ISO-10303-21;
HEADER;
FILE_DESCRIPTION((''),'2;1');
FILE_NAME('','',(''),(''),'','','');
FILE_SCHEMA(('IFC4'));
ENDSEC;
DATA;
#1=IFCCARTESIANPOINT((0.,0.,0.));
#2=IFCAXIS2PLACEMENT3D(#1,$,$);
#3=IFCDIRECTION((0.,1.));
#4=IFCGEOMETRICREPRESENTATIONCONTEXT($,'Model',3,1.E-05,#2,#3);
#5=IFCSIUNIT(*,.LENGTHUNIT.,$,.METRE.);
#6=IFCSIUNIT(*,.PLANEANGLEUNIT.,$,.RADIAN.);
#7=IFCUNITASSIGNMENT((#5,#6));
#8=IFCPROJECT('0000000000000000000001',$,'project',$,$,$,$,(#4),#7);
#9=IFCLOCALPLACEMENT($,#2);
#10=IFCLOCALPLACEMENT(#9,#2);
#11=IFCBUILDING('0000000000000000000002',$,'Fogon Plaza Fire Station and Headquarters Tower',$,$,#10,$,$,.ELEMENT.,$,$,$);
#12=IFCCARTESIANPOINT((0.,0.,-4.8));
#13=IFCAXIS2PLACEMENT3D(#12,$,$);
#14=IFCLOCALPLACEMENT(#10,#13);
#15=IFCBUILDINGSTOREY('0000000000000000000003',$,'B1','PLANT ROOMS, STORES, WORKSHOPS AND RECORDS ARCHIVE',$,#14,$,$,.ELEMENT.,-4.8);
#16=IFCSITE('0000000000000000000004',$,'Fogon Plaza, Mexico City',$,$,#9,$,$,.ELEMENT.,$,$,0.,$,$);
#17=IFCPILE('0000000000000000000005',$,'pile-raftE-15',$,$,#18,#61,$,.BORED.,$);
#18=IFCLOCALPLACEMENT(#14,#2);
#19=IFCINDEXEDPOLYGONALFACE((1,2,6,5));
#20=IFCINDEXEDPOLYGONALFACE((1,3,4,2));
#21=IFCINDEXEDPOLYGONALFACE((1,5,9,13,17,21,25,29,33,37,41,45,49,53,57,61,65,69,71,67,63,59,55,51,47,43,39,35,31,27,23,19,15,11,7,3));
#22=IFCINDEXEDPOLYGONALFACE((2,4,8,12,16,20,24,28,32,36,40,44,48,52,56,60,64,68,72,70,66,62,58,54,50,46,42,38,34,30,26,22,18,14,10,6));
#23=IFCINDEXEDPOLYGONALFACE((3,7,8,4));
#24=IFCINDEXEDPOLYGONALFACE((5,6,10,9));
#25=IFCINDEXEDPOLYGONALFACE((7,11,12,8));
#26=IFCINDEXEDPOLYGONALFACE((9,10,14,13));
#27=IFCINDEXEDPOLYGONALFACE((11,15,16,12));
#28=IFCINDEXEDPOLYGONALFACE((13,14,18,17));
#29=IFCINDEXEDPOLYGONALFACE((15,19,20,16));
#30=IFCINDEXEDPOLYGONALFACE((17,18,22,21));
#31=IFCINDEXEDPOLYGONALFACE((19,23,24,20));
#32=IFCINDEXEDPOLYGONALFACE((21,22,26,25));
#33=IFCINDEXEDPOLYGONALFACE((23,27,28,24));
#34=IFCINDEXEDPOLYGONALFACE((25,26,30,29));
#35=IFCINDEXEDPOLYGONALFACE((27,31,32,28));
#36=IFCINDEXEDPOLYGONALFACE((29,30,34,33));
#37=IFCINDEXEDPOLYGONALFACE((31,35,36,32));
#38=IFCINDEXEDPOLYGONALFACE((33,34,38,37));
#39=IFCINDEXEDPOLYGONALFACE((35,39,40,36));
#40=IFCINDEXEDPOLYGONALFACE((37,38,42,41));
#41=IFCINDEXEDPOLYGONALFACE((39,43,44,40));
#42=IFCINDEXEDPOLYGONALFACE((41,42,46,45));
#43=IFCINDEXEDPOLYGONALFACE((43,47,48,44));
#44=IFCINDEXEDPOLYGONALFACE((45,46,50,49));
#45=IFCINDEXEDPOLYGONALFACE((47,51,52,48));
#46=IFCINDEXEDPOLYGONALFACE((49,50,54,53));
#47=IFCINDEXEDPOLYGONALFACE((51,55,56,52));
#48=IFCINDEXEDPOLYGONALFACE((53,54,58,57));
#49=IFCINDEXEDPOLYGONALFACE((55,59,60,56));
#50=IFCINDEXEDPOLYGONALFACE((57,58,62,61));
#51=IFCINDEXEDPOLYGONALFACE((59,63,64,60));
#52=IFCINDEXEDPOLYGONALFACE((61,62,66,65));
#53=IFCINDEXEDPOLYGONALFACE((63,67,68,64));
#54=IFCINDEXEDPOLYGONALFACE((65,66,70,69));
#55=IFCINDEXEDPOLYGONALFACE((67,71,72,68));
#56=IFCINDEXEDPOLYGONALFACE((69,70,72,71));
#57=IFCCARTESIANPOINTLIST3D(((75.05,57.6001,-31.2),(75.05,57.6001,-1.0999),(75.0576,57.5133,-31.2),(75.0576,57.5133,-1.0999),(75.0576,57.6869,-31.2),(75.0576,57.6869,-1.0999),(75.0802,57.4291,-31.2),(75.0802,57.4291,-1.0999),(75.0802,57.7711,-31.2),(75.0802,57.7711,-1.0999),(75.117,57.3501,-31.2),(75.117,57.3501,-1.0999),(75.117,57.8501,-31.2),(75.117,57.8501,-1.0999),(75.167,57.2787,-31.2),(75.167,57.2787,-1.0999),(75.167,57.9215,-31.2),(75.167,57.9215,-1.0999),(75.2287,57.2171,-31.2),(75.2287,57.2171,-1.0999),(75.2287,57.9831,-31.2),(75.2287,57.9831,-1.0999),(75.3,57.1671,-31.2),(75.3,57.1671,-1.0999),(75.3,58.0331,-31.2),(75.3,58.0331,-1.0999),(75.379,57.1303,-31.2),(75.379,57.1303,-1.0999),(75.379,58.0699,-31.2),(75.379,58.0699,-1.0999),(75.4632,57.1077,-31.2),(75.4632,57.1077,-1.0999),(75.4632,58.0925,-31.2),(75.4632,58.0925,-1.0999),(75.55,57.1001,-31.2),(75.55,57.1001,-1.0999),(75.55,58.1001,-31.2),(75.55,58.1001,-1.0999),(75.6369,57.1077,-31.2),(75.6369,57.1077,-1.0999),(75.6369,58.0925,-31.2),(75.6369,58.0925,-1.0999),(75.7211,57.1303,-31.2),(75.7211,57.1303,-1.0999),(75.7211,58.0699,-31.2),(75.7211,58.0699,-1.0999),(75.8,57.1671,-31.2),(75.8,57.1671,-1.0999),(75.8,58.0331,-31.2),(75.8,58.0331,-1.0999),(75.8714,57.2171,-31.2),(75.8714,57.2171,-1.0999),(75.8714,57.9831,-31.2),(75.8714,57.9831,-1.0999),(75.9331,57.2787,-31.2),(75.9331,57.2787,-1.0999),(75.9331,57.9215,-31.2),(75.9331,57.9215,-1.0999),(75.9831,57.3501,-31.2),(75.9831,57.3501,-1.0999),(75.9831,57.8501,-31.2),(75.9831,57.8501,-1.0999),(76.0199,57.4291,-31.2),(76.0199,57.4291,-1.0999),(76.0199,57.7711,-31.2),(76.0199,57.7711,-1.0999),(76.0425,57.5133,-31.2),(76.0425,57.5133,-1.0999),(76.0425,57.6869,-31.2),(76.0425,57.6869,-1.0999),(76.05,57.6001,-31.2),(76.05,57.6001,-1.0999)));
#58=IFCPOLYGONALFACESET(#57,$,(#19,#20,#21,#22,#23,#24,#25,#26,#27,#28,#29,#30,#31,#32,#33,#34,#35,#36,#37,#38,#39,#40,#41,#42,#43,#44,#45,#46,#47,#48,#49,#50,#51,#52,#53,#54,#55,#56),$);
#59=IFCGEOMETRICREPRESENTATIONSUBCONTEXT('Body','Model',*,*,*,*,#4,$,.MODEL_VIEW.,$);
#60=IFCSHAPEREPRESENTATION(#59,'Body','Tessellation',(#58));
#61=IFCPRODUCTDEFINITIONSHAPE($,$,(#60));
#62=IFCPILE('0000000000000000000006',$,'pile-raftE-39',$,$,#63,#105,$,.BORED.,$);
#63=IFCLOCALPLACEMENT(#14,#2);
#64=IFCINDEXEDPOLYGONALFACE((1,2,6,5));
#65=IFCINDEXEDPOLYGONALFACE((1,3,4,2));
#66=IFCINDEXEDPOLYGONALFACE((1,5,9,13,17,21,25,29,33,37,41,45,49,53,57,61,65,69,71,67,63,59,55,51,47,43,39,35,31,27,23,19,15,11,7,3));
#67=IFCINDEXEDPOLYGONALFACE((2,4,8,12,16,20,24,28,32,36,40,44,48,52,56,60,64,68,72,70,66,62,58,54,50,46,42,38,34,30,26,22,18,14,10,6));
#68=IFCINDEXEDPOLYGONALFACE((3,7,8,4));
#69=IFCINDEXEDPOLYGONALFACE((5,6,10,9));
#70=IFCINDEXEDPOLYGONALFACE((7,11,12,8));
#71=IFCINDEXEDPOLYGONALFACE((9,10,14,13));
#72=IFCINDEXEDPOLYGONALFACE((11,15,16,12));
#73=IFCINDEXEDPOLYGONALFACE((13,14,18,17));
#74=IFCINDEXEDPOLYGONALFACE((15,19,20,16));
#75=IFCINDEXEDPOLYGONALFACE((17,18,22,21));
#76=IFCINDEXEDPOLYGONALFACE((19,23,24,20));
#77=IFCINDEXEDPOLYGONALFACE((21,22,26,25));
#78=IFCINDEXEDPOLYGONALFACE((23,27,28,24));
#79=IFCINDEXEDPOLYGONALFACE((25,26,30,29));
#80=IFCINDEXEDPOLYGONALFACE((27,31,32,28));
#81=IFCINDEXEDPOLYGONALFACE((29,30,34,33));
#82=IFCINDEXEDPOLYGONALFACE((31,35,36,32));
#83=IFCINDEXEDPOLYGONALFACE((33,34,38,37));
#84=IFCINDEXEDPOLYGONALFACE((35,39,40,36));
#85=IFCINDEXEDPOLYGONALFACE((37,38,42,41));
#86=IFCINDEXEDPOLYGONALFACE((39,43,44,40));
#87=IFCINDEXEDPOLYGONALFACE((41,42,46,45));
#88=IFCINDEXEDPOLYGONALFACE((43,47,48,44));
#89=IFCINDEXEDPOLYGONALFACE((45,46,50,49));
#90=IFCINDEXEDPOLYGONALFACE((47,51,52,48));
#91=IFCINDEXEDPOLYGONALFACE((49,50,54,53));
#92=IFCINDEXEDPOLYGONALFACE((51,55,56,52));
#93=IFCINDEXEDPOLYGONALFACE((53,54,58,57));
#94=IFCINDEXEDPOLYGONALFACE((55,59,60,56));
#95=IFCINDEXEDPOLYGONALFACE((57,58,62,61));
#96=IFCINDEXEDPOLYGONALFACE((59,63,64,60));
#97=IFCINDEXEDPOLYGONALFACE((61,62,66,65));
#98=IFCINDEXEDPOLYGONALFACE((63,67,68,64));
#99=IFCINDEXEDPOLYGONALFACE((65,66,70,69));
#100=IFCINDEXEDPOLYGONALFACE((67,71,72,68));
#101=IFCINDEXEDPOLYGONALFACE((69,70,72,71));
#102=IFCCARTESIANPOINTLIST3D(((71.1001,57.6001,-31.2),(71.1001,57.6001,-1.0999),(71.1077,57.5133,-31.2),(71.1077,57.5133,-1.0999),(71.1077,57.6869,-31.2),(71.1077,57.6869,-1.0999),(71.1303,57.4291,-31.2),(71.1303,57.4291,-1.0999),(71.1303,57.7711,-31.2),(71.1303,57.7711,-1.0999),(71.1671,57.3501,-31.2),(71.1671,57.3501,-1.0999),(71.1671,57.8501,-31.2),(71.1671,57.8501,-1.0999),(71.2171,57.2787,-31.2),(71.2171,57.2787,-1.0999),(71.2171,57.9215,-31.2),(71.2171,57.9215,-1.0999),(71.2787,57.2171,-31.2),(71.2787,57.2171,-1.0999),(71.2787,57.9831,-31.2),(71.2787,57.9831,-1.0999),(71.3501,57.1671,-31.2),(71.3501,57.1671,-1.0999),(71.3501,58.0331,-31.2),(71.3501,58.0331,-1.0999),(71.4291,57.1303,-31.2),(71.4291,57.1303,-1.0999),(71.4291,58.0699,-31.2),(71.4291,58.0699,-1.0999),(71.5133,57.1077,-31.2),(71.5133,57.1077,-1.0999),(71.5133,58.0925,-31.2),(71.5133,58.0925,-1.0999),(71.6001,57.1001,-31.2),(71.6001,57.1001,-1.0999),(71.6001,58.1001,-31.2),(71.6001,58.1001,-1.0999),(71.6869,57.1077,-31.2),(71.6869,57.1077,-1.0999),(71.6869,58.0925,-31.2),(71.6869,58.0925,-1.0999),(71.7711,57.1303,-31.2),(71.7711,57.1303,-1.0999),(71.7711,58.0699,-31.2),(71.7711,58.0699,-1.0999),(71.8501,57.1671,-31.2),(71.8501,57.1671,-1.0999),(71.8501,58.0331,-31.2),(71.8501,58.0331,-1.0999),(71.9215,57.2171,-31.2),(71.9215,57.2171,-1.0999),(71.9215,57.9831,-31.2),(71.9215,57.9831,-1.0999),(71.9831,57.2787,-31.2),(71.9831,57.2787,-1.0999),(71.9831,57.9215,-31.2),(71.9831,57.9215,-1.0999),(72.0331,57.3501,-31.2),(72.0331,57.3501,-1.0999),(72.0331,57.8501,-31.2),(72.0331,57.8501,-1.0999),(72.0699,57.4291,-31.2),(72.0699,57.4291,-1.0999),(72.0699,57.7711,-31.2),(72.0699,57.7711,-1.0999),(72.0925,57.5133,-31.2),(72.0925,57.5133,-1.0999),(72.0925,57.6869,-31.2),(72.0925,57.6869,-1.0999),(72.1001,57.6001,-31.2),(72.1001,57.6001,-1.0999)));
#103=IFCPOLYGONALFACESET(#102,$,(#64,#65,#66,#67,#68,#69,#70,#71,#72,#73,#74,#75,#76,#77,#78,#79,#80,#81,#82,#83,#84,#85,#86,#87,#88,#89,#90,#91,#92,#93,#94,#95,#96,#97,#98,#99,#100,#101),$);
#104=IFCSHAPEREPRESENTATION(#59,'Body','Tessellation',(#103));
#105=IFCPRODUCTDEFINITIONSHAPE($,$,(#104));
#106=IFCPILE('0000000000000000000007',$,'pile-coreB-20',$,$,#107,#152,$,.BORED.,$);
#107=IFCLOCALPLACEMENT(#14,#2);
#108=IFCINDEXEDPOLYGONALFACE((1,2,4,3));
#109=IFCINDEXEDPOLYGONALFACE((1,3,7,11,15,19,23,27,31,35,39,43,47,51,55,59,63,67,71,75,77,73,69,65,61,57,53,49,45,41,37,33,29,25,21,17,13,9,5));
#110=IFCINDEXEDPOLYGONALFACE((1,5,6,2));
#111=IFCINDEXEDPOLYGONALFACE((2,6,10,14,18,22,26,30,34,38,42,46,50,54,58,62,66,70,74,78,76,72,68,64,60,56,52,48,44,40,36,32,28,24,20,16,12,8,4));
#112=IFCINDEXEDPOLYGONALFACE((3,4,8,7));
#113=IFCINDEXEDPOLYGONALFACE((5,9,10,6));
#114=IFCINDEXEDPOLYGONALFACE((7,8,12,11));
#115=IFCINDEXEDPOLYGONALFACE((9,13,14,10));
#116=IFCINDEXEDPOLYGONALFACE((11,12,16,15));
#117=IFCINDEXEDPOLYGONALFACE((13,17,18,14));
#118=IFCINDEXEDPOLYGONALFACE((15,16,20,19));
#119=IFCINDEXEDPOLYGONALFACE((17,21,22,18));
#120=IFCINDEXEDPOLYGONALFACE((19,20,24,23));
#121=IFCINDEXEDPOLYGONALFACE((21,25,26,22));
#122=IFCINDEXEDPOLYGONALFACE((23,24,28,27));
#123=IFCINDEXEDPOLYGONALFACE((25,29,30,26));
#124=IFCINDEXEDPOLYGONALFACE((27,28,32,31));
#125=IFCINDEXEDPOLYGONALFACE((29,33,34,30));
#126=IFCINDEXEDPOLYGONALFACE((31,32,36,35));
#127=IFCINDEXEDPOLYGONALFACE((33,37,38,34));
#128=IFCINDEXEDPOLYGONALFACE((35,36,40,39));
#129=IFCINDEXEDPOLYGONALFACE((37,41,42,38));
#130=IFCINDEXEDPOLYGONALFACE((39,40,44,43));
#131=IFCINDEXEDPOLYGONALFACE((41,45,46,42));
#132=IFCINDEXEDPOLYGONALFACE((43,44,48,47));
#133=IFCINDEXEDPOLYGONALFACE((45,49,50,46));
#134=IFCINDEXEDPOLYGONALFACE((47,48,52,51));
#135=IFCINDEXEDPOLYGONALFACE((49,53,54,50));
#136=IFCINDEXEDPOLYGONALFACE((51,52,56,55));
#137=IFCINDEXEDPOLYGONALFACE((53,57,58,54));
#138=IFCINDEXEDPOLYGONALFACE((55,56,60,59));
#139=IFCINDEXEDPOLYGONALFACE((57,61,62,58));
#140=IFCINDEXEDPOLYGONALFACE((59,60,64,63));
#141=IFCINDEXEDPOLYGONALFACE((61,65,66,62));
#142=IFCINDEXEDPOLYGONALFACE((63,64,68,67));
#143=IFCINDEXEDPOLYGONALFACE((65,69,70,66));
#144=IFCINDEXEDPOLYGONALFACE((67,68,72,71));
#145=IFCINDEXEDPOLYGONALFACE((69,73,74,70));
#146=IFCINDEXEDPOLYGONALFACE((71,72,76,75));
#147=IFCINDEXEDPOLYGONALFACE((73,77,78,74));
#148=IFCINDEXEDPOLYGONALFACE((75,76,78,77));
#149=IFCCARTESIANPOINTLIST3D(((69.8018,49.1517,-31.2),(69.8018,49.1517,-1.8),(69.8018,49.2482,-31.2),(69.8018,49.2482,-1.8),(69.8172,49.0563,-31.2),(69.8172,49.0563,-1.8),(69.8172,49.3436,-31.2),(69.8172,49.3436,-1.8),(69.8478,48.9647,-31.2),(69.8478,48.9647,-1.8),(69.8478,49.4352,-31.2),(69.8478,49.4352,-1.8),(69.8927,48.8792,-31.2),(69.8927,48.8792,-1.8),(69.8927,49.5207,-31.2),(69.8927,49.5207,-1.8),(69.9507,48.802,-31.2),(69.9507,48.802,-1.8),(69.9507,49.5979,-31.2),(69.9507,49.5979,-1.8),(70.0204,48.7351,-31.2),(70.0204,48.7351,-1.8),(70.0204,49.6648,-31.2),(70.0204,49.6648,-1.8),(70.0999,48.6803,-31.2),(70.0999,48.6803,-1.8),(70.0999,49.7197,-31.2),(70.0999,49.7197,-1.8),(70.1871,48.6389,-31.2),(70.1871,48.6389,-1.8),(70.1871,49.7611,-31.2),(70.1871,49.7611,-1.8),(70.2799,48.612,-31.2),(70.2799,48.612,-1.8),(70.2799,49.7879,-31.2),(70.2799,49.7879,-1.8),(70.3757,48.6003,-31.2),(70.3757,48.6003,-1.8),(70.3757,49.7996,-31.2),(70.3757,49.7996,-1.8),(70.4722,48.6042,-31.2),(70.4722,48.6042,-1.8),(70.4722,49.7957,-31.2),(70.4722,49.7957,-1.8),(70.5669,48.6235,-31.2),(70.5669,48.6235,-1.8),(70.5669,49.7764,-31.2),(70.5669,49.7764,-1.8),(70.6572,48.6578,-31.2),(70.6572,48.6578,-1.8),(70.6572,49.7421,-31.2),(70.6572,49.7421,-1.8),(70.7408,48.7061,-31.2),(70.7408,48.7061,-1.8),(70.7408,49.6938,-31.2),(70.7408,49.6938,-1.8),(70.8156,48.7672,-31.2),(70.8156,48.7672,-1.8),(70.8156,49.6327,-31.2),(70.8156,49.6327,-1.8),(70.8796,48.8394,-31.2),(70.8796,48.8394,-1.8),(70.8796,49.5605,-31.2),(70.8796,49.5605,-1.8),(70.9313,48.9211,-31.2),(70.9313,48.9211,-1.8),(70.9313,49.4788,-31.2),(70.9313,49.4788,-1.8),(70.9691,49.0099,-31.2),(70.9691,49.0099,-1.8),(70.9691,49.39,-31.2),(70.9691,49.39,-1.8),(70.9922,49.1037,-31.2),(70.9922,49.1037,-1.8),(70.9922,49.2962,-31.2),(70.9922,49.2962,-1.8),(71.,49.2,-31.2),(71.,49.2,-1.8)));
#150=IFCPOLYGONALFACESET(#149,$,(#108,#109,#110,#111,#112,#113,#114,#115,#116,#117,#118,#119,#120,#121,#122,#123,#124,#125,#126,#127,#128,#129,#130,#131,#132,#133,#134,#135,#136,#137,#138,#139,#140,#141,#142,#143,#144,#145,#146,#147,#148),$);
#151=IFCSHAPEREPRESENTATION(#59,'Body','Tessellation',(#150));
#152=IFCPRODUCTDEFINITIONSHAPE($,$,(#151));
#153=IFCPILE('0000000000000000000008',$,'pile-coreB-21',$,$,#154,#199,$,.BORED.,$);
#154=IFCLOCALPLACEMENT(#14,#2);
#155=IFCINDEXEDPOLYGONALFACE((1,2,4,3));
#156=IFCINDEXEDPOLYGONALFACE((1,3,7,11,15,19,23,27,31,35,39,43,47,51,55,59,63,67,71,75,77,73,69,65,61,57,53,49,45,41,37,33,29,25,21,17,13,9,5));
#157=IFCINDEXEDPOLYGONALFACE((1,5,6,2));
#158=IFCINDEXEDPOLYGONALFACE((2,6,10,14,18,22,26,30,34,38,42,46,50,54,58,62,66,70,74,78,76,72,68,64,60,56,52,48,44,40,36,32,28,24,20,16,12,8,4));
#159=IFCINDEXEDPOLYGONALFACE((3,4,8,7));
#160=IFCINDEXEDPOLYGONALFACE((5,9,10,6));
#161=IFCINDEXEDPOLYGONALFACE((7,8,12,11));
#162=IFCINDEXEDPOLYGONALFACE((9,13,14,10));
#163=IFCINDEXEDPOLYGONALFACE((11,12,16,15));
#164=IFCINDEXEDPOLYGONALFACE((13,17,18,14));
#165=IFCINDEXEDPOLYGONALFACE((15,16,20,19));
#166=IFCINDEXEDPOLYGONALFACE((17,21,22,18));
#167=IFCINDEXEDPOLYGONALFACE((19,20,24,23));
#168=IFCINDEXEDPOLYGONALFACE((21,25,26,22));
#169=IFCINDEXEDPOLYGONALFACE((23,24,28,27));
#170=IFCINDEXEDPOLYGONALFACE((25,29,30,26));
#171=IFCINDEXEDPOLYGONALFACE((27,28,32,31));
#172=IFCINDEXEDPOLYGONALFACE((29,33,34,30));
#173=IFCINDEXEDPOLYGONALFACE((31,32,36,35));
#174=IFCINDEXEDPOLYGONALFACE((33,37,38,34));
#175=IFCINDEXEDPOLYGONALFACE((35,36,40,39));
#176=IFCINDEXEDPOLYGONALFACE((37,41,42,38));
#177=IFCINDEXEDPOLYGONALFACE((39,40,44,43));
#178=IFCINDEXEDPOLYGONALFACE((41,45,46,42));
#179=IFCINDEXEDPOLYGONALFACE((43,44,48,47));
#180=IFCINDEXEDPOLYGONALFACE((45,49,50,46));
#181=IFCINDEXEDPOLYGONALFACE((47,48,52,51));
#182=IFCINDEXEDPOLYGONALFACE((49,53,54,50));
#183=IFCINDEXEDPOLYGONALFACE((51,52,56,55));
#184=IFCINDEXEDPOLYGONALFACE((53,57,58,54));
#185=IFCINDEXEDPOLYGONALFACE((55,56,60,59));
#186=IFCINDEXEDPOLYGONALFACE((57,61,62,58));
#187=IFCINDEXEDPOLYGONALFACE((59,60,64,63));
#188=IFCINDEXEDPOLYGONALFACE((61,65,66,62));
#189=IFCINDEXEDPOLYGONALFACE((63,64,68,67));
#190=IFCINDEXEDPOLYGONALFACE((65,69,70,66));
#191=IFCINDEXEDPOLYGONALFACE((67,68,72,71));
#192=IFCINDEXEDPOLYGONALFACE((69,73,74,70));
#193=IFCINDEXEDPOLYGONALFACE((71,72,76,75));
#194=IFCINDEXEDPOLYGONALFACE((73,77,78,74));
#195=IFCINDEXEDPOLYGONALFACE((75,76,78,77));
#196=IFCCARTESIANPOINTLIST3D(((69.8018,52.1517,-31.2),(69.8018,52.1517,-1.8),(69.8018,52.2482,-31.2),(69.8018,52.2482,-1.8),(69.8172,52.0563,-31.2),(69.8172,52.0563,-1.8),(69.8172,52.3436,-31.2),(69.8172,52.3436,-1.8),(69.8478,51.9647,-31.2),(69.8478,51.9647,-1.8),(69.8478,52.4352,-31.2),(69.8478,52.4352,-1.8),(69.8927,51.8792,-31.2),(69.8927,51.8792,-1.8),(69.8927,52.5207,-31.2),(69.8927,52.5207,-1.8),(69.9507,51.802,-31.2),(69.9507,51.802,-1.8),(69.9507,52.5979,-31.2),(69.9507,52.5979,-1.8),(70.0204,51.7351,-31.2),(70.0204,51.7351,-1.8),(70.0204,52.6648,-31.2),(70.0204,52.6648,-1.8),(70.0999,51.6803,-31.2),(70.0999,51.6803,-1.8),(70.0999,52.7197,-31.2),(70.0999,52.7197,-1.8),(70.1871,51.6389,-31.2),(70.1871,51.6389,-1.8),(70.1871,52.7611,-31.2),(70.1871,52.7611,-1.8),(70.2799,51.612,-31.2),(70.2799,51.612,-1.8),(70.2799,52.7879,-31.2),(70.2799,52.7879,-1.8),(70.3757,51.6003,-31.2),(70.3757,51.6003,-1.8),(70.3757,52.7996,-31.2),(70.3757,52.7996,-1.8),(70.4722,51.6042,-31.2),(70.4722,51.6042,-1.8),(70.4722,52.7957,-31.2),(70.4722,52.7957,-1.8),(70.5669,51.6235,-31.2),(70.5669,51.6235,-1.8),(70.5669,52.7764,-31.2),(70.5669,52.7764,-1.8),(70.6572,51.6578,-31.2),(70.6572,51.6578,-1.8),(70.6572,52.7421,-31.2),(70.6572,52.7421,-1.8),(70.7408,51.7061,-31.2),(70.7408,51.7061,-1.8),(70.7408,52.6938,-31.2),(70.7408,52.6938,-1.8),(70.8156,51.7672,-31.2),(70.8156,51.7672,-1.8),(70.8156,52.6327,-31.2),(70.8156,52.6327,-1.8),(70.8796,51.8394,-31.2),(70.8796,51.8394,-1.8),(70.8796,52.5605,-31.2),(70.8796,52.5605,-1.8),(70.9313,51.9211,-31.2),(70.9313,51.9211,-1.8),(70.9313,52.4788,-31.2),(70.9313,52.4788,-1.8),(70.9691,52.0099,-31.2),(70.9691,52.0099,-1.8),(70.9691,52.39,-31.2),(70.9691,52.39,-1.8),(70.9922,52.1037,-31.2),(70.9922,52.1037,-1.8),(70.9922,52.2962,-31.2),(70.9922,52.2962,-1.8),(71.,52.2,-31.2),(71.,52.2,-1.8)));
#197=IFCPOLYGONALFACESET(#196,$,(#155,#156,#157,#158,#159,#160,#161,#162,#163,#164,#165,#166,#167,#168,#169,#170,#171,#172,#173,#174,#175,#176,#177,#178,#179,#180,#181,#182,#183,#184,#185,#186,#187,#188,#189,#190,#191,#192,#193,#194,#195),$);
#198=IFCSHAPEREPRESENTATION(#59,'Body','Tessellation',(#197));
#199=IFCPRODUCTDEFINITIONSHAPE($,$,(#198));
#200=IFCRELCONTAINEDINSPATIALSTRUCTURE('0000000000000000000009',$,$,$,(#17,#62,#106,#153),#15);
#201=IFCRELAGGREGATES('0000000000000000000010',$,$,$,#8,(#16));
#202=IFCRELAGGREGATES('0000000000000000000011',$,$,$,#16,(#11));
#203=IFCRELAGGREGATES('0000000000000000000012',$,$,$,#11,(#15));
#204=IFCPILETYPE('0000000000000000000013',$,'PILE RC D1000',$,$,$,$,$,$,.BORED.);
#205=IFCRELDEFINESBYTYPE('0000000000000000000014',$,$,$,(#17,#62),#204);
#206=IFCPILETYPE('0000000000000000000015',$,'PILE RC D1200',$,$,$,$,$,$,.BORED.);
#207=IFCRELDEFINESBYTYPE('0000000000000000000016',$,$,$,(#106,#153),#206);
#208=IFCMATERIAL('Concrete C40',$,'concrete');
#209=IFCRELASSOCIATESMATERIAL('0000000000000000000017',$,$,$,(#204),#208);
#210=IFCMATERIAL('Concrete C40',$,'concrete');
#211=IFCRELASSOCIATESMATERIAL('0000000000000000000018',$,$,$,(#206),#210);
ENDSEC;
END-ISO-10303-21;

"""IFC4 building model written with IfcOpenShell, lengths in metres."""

from ifc_helpers import new_model, si_unit, direction, frame, origin, origin_2d, place, context, subcontext, project, spatial, circle, extrude, material, material_profile, profile_set, type_object, element, save


model = new_model("IFC4")

# Units and contexts
model_context = context("Model", 3, precision=1e-05, world=origin(), true_north=direction((0.0, 1.0)))
body_context = subcontext(model_context, "Body", "Model", "MODEL_VIEW")
ifc_project = project(units=[si_unit("LENGTHUNIT", "METRE"), si_unit("PLANEANGLEUNIT", "RADIAN")], contexts=[model_context])

# Site, building, storey
site_placement = place(None, origin())
site = spatial("IfcSite", under=ifc_project, at=site_placement, Name="Fogon Plaza, Mexico City", CompositionType="ELEMENT", RefElevation=0.0)
building_placement = place(site_placement, origin())
building = spatial("IfcBuilding", under=site, at=building_placement, Name="Fogon Plaza Fire Station and Headquarters Tower", CompositionType="ELEMENT")
storey_placement = place(building_placement, frame((0.0, 0.0, -4.8)))
storey = spatial("IfcBuildingStorey", under=building, at=storey_placement, Name="B1", Description="PLANT ROOMS, STORES, WORKSHOPS AND RECORDS ARCHIVE", CompositionType="ELEMENT", Elevation=-4.8)

# Piles
ifc_material_1 = material(Name="Concrete C40", Category="concrete")
ifc_material_profile_1 = material_profile(ifc_material_1, circle(Radius=0.5, at=origin_2d()), Name="RC D1000")
ifc_profile_set_1 = profile_set([ifc_material_profile_1], Name="Concrete C40")
pile_type_1 = type_object("IfcPileType", Name="PILE RC D1000", PredefinedType="BORED", material=ifc_profile_set_1)
for number, where, z_axis, x_axis, name in (
    (1, (75.55, 57.6001, -1.0999), (0.0, 0.0, -1.0), (1.0, 0.0, 0.0), "pile-raftE-15"),
    (2, (71.6001, 57.6001, -1.0999), (0.0, 0.0, -1.0), (1.0, 0.0, 0.0), "pile-raftE-39"),
):
    element("IfcPile", number, at=place(storey_placement, frame(where, z_axis=z_axis, x_axis=x_axis)), inside=storey, type_object=pile_type_1, Name=name, PredefinedType="BORED", context=body_context, shape_type="SweptSolid", body=[
        extrude(circle(Radius=0.5, at=origin_2d()), origin(), (0.0, 0.0, 1.0), 30.1001),
    ])
ifc_material_2 = material(Name="Concrete C40", Category="concrete")
ifc_material_profile_2 = material_profile(ifc_material_2, circle(Radius=0.6001, at=origin_2d()), Name="RC D1200")
ifc_profile_set_2 = profile_set([ifc_material_profile_2], Name="Concrete C40")
pile_type_2 = type_object("IfcPileType", Name="PILE RC D1200", PredefinedType="BORED", material=ifc_profile_set_2)
for number, where, z_axis, x_axis, name in (
    (3, (70.3999, 49.2, -1.8), (0.0, 0.0, -1.0), (1.0, 0.0, 0.0), "pile-coreB-20"),
    (4, (70.3999, 52.2, -1.8), (0.0, 0.0, -1.0), (1.0, 0.0, 0.0), "pile-coreB-21"),
):
    element("IfcPile", number, at=place(storey_placement, frame(where, z_axis=z_axis, x_axis=x_axis)), inside=storey, type_object=pile_type_2, Name=name, PredefinedType="BORED", context=body_context, shape_type="SweptSolid", body=[
        extrude(circle(Radius=0.6001, at=origin_2d()), origin(), (0.0, 0.0, 1.0), 29.3999),
    ])

save(model, "model.ifc")
